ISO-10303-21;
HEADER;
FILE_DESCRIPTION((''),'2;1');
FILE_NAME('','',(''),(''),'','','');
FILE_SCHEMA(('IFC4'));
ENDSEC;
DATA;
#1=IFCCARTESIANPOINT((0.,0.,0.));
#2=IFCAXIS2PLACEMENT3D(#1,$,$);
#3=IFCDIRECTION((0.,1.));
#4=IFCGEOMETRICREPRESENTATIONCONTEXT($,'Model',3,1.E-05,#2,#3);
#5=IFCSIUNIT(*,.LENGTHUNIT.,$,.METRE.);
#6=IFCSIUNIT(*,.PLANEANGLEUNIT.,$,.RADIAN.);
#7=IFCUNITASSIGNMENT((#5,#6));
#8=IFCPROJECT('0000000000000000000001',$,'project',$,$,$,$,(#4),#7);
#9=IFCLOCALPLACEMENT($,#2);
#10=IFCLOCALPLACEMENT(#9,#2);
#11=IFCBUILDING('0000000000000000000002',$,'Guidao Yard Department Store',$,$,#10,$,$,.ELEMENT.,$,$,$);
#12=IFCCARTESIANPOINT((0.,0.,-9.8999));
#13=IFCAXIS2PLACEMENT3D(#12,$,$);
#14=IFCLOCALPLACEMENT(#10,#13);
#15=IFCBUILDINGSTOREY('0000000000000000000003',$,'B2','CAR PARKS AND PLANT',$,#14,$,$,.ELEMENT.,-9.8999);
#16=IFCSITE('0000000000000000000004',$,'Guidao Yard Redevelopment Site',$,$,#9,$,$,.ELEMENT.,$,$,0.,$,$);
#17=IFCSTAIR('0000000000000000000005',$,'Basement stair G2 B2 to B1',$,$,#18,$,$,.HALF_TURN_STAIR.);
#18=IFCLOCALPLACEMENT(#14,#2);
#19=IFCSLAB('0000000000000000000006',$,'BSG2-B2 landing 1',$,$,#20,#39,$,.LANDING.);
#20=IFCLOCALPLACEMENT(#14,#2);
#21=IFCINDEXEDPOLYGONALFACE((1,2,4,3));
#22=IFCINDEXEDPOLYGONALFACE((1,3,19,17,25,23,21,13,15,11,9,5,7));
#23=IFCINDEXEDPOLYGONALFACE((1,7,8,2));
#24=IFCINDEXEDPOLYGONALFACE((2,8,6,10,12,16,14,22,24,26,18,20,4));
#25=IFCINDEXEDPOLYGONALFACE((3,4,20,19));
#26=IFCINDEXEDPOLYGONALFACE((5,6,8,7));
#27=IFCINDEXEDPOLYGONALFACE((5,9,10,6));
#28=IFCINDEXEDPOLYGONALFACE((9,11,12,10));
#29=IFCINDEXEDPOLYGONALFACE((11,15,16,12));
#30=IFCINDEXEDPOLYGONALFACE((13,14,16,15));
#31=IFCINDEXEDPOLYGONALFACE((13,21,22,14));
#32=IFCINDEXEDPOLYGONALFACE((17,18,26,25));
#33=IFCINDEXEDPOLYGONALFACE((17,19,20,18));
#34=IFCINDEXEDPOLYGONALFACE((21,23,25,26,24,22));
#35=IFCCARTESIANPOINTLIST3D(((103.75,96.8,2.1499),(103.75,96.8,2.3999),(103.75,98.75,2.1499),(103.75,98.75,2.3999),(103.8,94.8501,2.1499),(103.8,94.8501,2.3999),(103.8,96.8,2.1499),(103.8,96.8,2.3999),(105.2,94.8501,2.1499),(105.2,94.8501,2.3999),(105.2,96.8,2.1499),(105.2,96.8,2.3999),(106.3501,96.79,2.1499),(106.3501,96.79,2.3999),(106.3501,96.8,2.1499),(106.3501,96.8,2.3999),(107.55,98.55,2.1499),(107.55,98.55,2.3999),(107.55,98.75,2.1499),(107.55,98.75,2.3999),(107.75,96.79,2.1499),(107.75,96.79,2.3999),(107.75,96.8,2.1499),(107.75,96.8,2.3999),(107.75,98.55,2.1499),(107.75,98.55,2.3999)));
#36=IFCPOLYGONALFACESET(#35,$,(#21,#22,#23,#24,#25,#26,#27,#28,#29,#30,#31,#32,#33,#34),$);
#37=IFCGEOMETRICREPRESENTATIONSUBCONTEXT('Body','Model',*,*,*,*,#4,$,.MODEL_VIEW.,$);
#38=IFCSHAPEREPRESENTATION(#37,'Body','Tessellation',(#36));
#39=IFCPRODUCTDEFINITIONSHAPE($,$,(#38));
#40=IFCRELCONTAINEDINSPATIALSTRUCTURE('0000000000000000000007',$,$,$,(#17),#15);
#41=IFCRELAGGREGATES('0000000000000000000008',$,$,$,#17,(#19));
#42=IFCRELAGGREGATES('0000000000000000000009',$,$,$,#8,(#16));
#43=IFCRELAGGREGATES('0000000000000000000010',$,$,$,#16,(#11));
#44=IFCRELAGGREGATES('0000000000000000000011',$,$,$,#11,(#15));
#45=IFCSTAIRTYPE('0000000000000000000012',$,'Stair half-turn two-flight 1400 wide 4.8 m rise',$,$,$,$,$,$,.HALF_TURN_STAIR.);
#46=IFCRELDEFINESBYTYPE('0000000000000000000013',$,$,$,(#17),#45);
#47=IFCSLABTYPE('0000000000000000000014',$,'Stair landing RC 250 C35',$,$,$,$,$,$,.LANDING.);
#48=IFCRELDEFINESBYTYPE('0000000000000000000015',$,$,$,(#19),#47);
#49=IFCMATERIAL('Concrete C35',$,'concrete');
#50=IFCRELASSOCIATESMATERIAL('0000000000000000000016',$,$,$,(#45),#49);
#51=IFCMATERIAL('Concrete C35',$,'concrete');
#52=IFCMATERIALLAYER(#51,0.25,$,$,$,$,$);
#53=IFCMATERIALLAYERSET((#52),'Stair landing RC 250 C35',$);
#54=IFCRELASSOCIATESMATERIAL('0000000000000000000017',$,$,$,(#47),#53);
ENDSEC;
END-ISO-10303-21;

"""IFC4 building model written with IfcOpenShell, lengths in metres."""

from ifc_helpers import new_model, si_unit, direction, frame, origin, place, context, subcontext, project, spatial, polyline, outline, extrude, material, layer, layer_set, type_object, element, aggregate, save


model = new_model("IFC4")

# Units and contexts
model_context = context("Model", 3, precision=1e-05, world=origin(), true_north=direction((0.0, 1.0)))
body_context = subcontext(model_context, "Body", "Model", "MODEL_VIEW")
ifc_project = project(units=[si_unit("LENGTHUNIT", "METRE"), si_unit("PLANEANGLEUNIT", "RADIAN")], contexts=[model_context])

# Site, building, storey
site_placement = place(None, origin())
site = spatial("IfcSite", under=ifc_project, at=site_placement, Name="Guidao Yard Redevelopment Site", CompositionType="ELEMENT", RefElevation=0.0)
building_placement = place(site_placement, origin())
building = spatial("IfcBuilding", under=site, at=building_placement, Name="Guidao Yard Department Store", CompositionType="ELEMENT")
storey_placement = place(building_placement, frame((0.0, 0.0, -9.8999)))
storey = spatial("IfcBuildingStorey", under=building, at=storey_placement, Name="B2", Description="CAR PARKS AND PLANT", CompositionType="ELEMENT", Elevation=-9.8999)

# Shared definitions
ifc_material_1 = material(Name="Concrete C35", Category="concrete")
stair_type = type_object("IfcStairType", Name="Stair half-turn two-flight 1400 wide 4.8 m rise", PredefinedType="HALF_TURN_STAIR", material=ifc_material_1)
ifc_material_2 = material(Name="Concrete C35", Category="concrete")
ifc_layer_1 = layer(ifc_material_2, 0.25)
ifc_layer_set_1 = layer_set([ifc_layer_1], Name="Stair landing RC 250 C35")
slab_type_1 = type_object("IfcSlabType", Name="Stair landing RC 250 C35", PredefinedType="LANDING", material=ifc_layer_set_1)

# Stair, slab
stair_1_placement = place(storey_placement, origin())
stair_1 = element("IfcStair", 1, at=stair_1_placement, inside=storey, type_object=stair_type, Name="Basement stair G2 B2 to B1", PredefinedType="HALF_TURN_STAIR")
slab_1_placement = place(storey_placement, frame((0.0, 0.0, 2.1499)))
slab_1 = element("IfcSlab", 2, at=slab_1_placement, type_object=slab_type_1, Name="BSG2-B2 landing 1", PredefinedType="LANDING", context=body_context, shape_type="SweptSolid", body=[
    extrude(outline(polyline([(103.8, 96.8), (103.75, 96.8), (103.75, 98.75), (107.55, 98.75), (107.55, 98.55), (107.75, 98.55), (107.75, 96.8), (107.75, 96.79), (106.3501, 96.79), (106.3501, 96.8), (105.2, 96.8), (105.2, 94.8501), (103.8, 94.8501), (103.8, 96.8)])), origin(), (0.0, 0.0, 1.0), 0.25),
])
aggregate(stair_1, [slab_1])

save(model, "model.ifc")
